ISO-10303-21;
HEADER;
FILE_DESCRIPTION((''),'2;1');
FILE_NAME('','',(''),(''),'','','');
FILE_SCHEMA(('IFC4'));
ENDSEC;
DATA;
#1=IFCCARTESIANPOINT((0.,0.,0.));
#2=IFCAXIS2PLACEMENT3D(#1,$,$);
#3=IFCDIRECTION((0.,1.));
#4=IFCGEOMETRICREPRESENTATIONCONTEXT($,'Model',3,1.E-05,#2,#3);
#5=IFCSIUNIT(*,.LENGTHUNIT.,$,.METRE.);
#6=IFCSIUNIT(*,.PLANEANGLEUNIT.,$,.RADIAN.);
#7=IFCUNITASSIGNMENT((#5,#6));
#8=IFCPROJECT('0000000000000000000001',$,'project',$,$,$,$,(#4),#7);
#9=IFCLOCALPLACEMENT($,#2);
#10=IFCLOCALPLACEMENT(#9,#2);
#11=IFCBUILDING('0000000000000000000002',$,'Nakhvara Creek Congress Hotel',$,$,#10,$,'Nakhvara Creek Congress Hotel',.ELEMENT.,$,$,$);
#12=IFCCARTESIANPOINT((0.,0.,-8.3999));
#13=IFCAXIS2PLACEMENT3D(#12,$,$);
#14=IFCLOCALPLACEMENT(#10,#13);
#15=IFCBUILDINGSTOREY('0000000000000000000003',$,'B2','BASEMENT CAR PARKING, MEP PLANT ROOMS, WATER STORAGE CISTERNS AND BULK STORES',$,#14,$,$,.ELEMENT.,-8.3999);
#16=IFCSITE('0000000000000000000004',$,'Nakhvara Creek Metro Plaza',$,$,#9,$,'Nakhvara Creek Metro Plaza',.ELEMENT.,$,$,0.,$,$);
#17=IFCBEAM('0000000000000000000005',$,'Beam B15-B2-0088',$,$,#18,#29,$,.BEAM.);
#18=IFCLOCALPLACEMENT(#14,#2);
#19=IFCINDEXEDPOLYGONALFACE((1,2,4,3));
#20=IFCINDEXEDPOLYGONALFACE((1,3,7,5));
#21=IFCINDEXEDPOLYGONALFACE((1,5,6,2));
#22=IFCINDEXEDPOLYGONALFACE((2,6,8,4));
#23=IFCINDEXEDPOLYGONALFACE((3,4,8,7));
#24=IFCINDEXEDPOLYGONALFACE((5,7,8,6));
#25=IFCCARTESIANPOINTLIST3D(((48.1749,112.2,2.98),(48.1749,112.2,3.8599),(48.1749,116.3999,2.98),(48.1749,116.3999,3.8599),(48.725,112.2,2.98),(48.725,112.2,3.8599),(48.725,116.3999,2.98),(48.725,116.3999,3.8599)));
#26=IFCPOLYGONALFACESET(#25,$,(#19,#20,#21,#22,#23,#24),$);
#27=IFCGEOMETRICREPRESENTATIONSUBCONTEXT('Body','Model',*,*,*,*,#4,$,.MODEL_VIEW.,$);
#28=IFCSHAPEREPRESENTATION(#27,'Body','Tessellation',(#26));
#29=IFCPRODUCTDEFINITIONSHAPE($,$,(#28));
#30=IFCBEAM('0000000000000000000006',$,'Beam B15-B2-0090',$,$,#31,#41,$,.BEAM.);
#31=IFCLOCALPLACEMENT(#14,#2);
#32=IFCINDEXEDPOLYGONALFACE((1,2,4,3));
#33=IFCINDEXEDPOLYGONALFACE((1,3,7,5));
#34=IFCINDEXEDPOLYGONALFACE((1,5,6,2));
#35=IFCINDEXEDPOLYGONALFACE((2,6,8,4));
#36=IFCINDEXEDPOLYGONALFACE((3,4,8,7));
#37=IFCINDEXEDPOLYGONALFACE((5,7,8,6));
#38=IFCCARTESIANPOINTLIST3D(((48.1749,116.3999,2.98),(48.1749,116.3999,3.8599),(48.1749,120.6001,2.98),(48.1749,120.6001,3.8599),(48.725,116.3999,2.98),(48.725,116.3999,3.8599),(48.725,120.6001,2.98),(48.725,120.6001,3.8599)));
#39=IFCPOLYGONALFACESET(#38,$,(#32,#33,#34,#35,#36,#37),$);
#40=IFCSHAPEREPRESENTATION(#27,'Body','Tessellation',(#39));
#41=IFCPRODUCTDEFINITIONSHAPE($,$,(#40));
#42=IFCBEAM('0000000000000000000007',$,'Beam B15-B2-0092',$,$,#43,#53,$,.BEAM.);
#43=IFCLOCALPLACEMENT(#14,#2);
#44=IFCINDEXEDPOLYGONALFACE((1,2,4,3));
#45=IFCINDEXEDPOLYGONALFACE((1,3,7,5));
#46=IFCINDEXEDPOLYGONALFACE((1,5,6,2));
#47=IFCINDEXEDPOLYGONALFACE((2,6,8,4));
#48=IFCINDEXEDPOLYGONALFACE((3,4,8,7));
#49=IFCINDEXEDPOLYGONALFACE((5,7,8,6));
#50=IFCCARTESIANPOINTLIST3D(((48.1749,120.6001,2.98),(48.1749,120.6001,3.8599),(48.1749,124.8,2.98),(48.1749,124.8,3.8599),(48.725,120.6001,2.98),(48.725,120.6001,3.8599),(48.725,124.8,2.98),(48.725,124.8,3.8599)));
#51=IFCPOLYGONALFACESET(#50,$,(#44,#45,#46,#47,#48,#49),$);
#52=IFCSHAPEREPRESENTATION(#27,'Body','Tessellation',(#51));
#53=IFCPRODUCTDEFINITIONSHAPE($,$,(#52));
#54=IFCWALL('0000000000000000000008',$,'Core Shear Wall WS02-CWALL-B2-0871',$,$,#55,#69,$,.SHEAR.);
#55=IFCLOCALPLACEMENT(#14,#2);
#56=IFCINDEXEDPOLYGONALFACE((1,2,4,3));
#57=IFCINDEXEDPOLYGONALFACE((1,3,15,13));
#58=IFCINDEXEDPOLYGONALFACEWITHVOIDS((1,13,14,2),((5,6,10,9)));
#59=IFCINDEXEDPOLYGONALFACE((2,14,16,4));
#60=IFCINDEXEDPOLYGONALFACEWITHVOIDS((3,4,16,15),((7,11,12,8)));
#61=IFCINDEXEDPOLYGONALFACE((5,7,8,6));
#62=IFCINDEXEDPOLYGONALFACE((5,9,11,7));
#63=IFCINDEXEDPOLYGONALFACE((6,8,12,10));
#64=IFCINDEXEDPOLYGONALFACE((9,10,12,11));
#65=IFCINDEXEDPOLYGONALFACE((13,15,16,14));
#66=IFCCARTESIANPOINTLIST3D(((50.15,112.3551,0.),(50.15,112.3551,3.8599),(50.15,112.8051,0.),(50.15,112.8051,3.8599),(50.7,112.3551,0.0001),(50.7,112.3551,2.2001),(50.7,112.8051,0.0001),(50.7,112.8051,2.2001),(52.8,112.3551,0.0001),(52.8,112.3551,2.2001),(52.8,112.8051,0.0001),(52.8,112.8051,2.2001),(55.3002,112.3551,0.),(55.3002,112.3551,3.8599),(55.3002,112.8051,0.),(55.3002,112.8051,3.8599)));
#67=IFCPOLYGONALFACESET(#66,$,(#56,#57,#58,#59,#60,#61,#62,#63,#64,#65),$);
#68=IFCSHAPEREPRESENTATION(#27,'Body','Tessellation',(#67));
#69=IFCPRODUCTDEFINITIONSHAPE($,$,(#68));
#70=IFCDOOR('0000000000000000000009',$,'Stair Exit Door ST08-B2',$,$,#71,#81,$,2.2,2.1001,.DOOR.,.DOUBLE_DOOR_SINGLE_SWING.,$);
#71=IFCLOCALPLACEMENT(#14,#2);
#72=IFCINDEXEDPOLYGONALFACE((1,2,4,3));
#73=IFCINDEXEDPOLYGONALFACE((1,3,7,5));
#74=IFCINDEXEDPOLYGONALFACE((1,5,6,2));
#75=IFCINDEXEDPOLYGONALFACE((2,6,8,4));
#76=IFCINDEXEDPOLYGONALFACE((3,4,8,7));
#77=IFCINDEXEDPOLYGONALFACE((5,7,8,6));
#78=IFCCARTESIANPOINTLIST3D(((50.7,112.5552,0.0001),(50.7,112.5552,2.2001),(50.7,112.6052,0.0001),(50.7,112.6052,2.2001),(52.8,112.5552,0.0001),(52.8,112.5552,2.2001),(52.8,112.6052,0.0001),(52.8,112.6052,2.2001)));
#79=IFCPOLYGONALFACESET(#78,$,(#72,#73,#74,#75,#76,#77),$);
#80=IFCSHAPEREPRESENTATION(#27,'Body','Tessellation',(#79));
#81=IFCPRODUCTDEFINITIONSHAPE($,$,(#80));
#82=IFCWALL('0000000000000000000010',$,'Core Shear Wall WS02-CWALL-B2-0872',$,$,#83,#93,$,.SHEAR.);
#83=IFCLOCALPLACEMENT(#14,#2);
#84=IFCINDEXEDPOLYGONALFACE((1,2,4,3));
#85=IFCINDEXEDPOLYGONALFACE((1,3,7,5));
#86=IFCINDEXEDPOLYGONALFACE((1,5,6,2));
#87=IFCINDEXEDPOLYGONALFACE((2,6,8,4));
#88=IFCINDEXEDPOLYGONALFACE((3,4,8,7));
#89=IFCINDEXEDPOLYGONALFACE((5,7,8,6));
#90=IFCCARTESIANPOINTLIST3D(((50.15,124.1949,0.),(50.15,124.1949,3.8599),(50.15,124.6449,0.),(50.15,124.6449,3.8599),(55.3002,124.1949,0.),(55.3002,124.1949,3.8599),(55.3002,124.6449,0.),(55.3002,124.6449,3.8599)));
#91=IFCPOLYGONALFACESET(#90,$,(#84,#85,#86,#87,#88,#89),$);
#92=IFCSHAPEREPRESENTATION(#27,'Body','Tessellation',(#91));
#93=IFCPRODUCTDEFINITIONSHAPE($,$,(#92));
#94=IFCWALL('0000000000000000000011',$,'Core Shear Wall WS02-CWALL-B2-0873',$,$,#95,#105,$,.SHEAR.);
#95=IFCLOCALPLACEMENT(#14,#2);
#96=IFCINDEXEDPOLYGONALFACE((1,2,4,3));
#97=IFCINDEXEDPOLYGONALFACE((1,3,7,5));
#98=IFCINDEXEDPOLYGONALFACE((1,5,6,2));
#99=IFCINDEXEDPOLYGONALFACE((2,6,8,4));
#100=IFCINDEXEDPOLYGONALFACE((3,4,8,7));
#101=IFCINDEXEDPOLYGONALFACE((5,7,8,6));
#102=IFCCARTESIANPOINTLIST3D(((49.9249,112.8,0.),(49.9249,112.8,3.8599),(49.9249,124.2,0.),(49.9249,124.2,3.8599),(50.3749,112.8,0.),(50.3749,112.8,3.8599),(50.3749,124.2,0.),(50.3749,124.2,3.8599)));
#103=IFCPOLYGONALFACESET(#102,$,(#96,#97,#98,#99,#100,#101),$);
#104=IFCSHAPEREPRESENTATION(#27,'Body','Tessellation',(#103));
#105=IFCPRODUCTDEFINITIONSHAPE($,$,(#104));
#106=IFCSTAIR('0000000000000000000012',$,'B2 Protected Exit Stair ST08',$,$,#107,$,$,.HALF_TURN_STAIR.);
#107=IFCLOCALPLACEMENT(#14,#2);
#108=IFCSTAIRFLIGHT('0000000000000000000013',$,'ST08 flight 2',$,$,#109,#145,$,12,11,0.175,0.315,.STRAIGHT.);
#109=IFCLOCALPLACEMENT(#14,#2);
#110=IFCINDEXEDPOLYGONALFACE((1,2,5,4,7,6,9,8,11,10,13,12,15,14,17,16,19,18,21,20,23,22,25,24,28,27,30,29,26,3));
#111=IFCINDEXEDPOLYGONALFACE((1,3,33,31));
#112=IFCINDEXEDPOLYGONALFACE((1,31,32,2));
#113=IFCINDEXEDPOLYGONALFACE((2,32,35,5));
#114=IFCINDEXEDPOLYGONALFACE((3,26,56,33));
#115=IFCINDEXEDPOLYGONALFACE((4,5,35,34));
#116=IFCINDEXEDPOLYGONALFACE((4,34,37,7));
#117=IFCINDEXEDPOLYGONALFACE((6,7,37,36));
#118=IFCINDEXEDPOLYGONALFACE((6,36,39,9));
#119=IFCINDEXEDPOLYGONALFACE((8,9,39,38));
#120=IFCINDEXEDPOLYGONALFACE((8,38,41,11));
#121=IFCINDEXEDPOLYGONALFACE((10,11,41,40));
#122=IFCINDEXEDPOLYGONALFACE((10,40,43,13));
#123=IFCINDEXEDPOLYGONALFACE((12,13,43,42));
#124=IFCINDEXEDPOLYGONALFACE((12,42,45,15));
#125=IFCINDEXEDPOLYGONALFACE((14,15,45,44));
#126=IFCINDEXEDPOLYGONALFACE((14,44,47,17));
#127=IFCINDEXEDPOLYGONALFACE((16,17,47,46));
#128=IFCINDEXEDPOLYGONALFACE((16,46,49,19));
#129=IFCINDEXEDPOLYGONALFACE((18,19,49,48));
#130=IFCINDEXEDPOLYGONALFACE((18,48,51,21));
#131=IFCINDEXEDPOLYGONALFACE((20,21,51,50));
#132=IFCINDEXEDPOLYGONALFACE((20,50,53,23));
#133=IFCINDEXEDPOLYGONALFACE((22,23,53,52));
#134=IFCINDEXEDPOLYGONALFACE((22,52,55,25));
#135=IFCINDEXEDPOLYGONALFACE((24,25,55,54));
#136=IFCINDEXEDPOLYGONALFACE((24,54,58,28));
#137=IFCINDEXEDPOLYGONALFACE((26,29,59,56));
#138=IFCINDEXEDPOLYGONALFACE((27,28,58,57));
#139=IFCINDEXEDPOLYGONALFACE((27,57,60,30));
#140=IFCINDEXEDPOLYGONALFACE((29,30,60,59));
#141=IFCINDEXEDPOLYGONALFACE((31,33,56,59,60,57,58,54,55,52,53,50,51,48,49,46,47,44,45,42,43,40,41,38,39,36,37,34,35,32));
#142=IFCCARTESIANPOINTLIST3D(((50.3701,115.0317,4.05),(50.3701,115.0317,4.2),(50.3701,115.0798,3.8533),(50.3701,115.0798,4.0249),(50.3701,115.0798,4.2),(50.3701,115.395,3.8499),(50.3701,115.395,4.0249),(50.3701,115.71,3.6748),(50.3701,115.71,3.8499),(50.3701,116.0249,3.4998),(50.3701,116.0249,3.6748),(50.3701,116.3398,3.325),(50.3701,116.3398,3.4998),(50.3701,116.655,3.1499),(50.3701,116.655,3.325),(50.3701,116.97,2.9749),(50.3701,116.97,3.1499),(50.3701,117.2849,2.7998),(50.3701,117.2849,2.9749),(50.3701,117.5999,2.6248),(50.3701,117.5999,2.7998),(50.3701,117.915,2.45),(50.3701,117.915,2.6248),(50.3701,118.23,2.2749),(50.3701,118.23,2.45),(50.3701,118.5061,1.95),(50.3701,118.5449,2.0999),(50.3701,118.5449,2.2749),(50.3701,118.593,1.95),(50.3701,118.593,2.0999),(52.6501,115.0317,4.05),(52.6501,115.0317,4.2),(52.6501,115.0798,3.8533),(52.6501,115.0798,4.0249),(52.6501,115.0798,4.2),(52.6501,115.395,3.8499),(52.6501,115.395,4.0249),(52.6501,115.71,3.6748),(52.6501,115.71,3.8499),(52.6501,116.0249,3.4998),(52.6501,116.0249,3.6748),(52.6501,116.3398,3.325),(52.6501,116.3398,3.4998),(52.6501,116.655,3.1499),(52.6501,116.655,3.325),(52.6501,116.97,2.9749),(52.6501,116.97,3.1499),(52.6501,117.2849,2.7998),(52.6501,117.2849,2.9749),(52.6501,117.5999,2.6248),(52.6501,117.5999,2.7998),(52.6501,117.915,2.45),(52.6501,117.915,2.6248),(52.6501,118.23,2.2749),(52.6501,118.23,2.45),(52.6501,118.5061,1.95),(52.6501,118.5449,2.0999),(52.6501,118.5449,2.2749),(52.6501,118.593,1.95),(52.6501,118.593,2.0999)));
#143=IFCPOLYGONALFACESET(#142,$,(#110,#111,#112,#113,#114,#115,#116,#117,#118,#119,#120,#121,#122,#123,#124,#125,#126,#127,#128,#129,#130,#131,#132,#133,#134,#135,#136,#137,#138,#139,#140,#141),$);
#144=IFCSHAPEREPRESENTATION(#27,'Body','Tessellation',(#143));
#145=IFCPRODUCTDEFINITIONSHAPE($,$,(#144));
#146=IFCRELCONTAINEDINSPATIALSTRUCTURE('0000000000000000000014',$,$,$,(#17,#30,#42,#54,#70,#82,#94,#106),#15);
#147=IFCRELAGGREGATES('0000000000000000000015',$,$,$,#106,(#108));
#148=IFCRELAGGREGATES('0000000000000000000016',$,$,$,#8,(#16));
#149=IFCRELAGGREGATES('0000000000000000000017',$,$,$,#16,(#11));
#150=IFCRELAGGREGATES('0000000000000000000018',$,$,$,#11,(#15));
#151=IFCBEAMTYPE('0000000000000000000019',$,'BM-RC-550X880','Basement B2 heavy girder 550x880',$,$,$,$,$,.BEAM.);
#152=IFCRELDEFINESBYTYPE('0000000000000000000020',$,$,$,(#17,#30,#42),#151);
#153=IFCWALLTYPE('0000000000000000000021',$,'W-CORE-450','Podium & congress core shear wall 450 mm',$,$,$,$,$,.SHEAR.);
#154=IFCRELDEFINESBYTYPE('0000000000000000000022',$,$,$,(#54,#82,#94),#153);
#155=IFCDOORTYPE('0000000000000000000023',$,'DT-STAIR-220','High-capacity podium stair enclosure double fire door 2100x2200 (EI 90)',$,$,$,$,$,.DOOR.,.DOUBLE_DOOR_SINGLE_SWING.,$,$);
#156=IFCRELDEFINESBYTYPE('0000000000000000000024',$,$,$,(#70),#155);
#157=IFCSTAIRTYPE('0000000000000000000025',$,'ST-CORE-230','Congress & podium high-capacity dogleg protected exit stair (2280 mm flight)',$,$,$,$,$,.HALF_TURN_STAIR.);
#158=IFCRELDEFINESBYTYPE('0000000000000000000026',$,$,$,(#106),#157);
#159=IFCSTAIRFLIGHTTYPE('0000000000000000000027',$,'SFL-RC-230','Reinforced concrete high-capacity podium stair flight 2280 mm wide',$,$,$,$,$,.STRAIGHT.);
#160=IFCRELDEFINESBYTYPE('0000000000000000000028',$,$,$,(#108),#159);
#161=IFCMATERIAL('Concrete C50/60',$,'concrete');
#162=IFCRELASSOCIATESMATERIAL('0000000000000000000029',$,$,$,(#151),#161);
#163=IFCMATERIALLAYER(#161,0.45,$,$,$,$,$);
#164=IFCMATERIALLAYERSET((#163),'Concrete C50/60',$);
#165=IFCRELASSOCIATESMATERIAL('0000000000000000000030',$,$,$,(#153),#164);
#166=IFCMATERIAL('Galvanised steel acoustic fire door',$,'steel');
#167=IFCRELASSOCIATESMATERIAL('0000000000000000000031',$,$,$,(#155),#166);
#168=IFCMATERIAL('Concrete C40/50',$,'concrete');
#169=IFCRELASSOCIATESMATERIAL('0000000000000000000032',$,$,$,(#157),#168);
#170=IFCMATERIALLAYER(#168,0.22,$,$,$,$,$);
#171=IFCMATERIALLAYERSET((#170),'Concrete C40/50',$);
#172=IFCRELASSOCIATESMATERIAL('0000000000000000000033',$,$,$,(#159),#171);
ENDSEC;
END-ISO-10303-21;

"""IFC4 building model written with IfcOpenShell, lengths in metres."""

from ifc_helpers import new_model, si_unit, direction, frame, frame_2d, origin, origin_2d, place, context, subcontext, project, spatial, polyline, rectangle, outline, extrude, material, layer, layer_set, material_profile, profile_set, type_object, element, fill, aggregate, save


model = new_model("IFC4")

# Units and contexts
model_context = context("Model", 3, precision=1e-05, world=origin(), true_north=direction((0.0, 1.0)))
body_context = subcontext(model_context, "Body", "Model", "MODEL_VIEW")
ifc_project = project(units=[si_unit("LENGTHUNIT", "METRE"), si_unit("PLANEANGLEUNIT", "RADIAN")], contexts=[model_context])

# Site, building, storey
site_placement = place(None, origin())
site = spatial("IfcSite", under=ifc_project, at=site_placement, Name="Nakhvara Creek Metro Plaza", LongName="Nakhvara Creek Metro Plaza", CompositionType="ELEMENT", RefElevation=0.0)
building_placement = place(site_placement, origin())
building = spatial("IfcBuilding", under=site, at=building_placement, Name="Nakhvara Creek Congress Hotel", LongName="Nakhvara Creek Congress Hotel", CompositionType="ELEMENT")
storey_placement = place(building_placement, frame((0.0, 0.0, -8.3999)))
storey = spatial("IfcBuildingStorey", under=building, at=storey_placement, Name="B2", Description="BASEMENT CAR PARKING, MEP PLANT ROOMS, WATER STORAGE CISTERNS AND BULK STORES", CompositionType="ELEMENT", Elevation=-8.3999)

# Shared definitions
ifc_material_1 = material(Name="Concrete C40/50", Category="concrete")

# Shared definitions
ifc_material_2 = material(Name="Concrete C50/60", Category="concrete")

# Beams
ifc_material_profile_1 = material_profile(ifc_material_2, rectangle(XDim=0.55, YDim=0.8799, at=origin_2d()), Name="RC-BM 550x880", Category="LoadBearing")
ifc_profile_set_1 = profile_set([ifc_material_profile_1], Name="Concrete C50/60")
beam_type = type_object("IfcBeamType", Name="BM-RC-550X880", Description="Basement B2 heavy girder 550x880", PredefinedType="BEAM", material=ifc_profile_set_1)
for number, where, z_axis, x_axis, name in (
    (1, (48.45, 112.2, 3.4199), (0.0, 1.0, 0.0), (-1.0, 0.0, 0.0), "Beam B15-B2-0088"),
):
    element("IfcBeam", number, at=place(storey_placement, frame(where, z_axis=z_axis, x_axis=x_axis)), inside=storey, type_object=beam_type, Name=name, PredefinedType="BEAM", context=body_context, shape_type="SweptSolid", body=[
        extrude(rectangle(XDim=0.55, YDim=0.8799, at=origin_2d()), origin(), (0.0, 0.0, 1.0), 4.2),
    ])
beam_1_placement = place(storey_placement, frame((48.45, 116.3999, 3.4199), z_axis=(0.0, 1.0, 0.0), x_axis=(-1.0, 0.0, 0.0)))
element("IfcBeam", 2, at=beam_1_placement, inside=storey, type_object=beam_type, Name="Beam B15-B2-0090", PredefinedType="BEAM", context=body_context, shape_type="SweptSolid", body=[
    extrude(rectangle(XDim=0.55, YDim=0.8799, at=origin_2d()), origin(), (0.0, 0.0, 1.0), 4.2002),
])
beam_2_placement = place(storey_placement, frame((48.45, 120.6001, 3.4199), z_axis=(0.0, 1.0, 0.0), x_axis=(-1.0, 0.0, 0.0)))
element("IfcBeam", 3, at=beam_2_placement, inside=storey, type_object=beam_type, Name="Beam B15-B2-0092", PredefinedType="BEAM", context=body_context, shape_type="SweptSolid", body=[
    extrude(rectangle(XDim=0.55, YDim=0.8799, at=origin_2d()), origin(), (0.0, 0.0, 1.0), 4.2),
])

# Wall, opening, door
ifc_layer_1 = layer(ifc_material_2, 0.45)
ifc_layer_set_1 = layer_set([ifc_layer_1], Name="Concrete C50/60")
wall_type = type_object("IfcWallType", Name="W-CORE-450", Description="Podium & congress core shear wall 450 mm", PredefinedType="SHEAR", material=ifc_layer_set_1)
wall_1_placement = place(storey_placement, frame((50.1499, 112.5801, 0.0), z_axis=(0.0, 0.0, 1.0), x_axis=(1.0, 0.0, 0.0)))
wall_1 = element("IfcWall", 4, at=wall_1_placement, inside=storey, type_object=wall_type, Name="Core Shear Wall WS02-CWALL-B2-0871", PredefinedType="SHEAR", context=body_context, shape_type="SweptSolid", body=[
    extrude(rectangle(XDim=5.1501, YDim=0.45, at=frame_2d((2.5752, 0.0))), origin(), (0.0, 0.0, 1.0), 3.8599),
])
opening_placement = place(wall_1_placement, frame((0.55, 0.0, 0.0)))
opening = element("IfcOpeningElement", 5, at=opening_placement, cuts=wall_1, PredefinedType="OPENING", context=body_context, shape_type="SweptSolid", body=[
    extrude(rectangle(XDim=2.1001, YDim=2.2, at=frame_2d((1.05, 1.1001))), frame((0.0, 0.2368, 0.0), z_axis=(0.0, -1.0, 0.0), x_axis=(1.0, 0.0, 0.0)), (0.0, 0.0, 1.0), 0.4739),
])
ifc_material_3 = material(Name="Galvanised steel acoustic fire door", Category="steel")
door_type = type_object("IfcDoorType", Name="DT-STAIR-220", Description="High-capacity podium stair enclosure double fire door 2100x2200 (EI 90)", OperationType="DOUBLE_DOOR_SINGLE_SWING", PredefinedType="DOOR", material=ifc_material_3)
door_placement = place(opening_placement, frame((2.1001, 0.0, 0.0), z_axis=(0.0, 0.0, 1.0), x_axis=(-1.0, 0.0, 0.0)))
door = element("IfcDoor", 6, at=door_placement, inside=storey, type_object=door_type, Name="Stair Exit Door ST08-B2", OperationType="DOUBLE_DOOR_SINGLE_SWING", OverallHeight=2.2, OverallWidth=2.1001, PredefinedType="DOOR", context=body_context, shape_type="SweptSolid", body=[
    extrude(rectangle(XDim=2.1001, YDim=2.2, at=frame_2d((1.05, 1.1001))), frame((0.0, 0.0249, 0.0), z_axis=(0.0, -1.0, 0.0), x_axis=(1.0, 0.0, 0.0)), (0.0, 0.0, 1.0), 0.05),
])
fill(opening, door)

# Walls
wall_2_placement = place(storey_placement, frame((50.1499, 124.4199, 0.0), z_axis=(0.0, 0.0, 1.0), x_axis=(1.0, 0.0, 0.0)))
element("IfcWall", 7, at=wall_2_placement, inside=storey, type_object=wall_type, Name="Core Shear Wall WS02-CWALL-B2-0872", PredefinedType="SHEAR", context=body_context, shape_type="SweptSolid", body=[
    extrude(rectangle(XDim=5.1501, YDim=0.45, at=frame_2d((2.5752, 0.0))), origin(), (0.0, 0.0, 1.0), 3.8599),
])
wall_3_placement = place(storey_placement, frame((50.1499, 112.8, 0.0), z_axis=(0.0, 0.0, 1.0), x_axis=(0.0, 1.0, 0.0)))
element("IfcWall", 8, at=wall_3_placement, inside=storey, type_object=wall_type, Name="Core Shear Wall WS02-CWALL-B2-0873", PredefinedType="SHEAR", context=body_context, shape_type="SweptSolid", body=[
    extrude(rectangle(XDim=11.3999, YDim=0.45, at=frame_2d((5.7, 0.0))), origin(), (0.0, 0.0, 1.0), 3.8599),
])

# Stair, stair flight
stair_type = type_object("IfcStairType", Name="ST-CORE-230", Description="Congress & podium high-capacity dogleg protected exit stair (2280 mm flight)", PredefinedType="HALF_TURN_STAIR", material=ifc_material_1)
stair_placement = place(storey_placement, origin())
stair = element("IfcStair", 9, at=stair_placement, inside=storey, type_object=stair_type, Name="B2 Protected Exit Stair ST08", PredefinedType="HALF_TURN_STAIR")
ifc_layer_2 = layer(ifc_material_1, 0.22)
ifc_layer_set_2 = layer_set([ifc_layer_2], Name="Concrete C40/50")
stair_flight_type = type_object("IfcStairFlightType", Name="SFL-RC-230", Description="Reinforced concrete high-capacity podium stair flight 2280 mm wide", PredefinedType="STRAIGHT", material=ifc_layer_set_2)
stair_flight_placement = place(storey_placement, frame((51.51, 118.5449, 2.0999), z_axis=(0.0, 0.0, 1.0), x_axis=(0.0, -1.0, 0.0)))
stair_flight = element("IfcStairFlight", 10, at=stair_flight_placement, type_object=stair_flight_type, Name="ST08 flight 2", NumberOfRisers=12, NumberOfTreads=11, PredefinedType="STRAIGHT", RiserHeight=0.175, TreadLength=0.315, context=body_context, shape_type="SweptSolid", body=[
    extrude(outline(polyline([(-0.0481, 0.0), (0.0, 0.0), (0.0, 0.175), (0.3149, 0.175), (0.3149, 0.3501), (0.6299, 0.3501), (0.6299, 0.5249), (0.9451, 0.5249), (0.9451, 0.7), (1.26, 0.7), (1.26, 0.875), (1.575, 0.875), (1.575, 1.05), (1.8899, 1.05), (1.8899, 1.2251), (2.2051, 1.2251), (2.2051, 1.3999), (2.52, 1.3999), (2.52, 1.575), (2.835, 1.575), (2.835, 1.75), (3.1499, 1.75), (3.1499, 1.925), (3.4651, 1.925), (3.4651, 2.1001), (3.5132, 2.1001), (3.5132, 1.9502), (3.4651, 1.7534), (0.0388, -0.1499), (-0.0481, -0.1499), (-0.0481, 0.0)])), frame((0.0, 1.1401, 0.0), z_axis=(0.0, -1.0, 0.0), x_axis=(1.0, 0.0, 0.0)), (0.0, 0.0, 1.0), 2.28),
])
aggregate(stair, [stair_flight])

save(model, "model.ifc")
